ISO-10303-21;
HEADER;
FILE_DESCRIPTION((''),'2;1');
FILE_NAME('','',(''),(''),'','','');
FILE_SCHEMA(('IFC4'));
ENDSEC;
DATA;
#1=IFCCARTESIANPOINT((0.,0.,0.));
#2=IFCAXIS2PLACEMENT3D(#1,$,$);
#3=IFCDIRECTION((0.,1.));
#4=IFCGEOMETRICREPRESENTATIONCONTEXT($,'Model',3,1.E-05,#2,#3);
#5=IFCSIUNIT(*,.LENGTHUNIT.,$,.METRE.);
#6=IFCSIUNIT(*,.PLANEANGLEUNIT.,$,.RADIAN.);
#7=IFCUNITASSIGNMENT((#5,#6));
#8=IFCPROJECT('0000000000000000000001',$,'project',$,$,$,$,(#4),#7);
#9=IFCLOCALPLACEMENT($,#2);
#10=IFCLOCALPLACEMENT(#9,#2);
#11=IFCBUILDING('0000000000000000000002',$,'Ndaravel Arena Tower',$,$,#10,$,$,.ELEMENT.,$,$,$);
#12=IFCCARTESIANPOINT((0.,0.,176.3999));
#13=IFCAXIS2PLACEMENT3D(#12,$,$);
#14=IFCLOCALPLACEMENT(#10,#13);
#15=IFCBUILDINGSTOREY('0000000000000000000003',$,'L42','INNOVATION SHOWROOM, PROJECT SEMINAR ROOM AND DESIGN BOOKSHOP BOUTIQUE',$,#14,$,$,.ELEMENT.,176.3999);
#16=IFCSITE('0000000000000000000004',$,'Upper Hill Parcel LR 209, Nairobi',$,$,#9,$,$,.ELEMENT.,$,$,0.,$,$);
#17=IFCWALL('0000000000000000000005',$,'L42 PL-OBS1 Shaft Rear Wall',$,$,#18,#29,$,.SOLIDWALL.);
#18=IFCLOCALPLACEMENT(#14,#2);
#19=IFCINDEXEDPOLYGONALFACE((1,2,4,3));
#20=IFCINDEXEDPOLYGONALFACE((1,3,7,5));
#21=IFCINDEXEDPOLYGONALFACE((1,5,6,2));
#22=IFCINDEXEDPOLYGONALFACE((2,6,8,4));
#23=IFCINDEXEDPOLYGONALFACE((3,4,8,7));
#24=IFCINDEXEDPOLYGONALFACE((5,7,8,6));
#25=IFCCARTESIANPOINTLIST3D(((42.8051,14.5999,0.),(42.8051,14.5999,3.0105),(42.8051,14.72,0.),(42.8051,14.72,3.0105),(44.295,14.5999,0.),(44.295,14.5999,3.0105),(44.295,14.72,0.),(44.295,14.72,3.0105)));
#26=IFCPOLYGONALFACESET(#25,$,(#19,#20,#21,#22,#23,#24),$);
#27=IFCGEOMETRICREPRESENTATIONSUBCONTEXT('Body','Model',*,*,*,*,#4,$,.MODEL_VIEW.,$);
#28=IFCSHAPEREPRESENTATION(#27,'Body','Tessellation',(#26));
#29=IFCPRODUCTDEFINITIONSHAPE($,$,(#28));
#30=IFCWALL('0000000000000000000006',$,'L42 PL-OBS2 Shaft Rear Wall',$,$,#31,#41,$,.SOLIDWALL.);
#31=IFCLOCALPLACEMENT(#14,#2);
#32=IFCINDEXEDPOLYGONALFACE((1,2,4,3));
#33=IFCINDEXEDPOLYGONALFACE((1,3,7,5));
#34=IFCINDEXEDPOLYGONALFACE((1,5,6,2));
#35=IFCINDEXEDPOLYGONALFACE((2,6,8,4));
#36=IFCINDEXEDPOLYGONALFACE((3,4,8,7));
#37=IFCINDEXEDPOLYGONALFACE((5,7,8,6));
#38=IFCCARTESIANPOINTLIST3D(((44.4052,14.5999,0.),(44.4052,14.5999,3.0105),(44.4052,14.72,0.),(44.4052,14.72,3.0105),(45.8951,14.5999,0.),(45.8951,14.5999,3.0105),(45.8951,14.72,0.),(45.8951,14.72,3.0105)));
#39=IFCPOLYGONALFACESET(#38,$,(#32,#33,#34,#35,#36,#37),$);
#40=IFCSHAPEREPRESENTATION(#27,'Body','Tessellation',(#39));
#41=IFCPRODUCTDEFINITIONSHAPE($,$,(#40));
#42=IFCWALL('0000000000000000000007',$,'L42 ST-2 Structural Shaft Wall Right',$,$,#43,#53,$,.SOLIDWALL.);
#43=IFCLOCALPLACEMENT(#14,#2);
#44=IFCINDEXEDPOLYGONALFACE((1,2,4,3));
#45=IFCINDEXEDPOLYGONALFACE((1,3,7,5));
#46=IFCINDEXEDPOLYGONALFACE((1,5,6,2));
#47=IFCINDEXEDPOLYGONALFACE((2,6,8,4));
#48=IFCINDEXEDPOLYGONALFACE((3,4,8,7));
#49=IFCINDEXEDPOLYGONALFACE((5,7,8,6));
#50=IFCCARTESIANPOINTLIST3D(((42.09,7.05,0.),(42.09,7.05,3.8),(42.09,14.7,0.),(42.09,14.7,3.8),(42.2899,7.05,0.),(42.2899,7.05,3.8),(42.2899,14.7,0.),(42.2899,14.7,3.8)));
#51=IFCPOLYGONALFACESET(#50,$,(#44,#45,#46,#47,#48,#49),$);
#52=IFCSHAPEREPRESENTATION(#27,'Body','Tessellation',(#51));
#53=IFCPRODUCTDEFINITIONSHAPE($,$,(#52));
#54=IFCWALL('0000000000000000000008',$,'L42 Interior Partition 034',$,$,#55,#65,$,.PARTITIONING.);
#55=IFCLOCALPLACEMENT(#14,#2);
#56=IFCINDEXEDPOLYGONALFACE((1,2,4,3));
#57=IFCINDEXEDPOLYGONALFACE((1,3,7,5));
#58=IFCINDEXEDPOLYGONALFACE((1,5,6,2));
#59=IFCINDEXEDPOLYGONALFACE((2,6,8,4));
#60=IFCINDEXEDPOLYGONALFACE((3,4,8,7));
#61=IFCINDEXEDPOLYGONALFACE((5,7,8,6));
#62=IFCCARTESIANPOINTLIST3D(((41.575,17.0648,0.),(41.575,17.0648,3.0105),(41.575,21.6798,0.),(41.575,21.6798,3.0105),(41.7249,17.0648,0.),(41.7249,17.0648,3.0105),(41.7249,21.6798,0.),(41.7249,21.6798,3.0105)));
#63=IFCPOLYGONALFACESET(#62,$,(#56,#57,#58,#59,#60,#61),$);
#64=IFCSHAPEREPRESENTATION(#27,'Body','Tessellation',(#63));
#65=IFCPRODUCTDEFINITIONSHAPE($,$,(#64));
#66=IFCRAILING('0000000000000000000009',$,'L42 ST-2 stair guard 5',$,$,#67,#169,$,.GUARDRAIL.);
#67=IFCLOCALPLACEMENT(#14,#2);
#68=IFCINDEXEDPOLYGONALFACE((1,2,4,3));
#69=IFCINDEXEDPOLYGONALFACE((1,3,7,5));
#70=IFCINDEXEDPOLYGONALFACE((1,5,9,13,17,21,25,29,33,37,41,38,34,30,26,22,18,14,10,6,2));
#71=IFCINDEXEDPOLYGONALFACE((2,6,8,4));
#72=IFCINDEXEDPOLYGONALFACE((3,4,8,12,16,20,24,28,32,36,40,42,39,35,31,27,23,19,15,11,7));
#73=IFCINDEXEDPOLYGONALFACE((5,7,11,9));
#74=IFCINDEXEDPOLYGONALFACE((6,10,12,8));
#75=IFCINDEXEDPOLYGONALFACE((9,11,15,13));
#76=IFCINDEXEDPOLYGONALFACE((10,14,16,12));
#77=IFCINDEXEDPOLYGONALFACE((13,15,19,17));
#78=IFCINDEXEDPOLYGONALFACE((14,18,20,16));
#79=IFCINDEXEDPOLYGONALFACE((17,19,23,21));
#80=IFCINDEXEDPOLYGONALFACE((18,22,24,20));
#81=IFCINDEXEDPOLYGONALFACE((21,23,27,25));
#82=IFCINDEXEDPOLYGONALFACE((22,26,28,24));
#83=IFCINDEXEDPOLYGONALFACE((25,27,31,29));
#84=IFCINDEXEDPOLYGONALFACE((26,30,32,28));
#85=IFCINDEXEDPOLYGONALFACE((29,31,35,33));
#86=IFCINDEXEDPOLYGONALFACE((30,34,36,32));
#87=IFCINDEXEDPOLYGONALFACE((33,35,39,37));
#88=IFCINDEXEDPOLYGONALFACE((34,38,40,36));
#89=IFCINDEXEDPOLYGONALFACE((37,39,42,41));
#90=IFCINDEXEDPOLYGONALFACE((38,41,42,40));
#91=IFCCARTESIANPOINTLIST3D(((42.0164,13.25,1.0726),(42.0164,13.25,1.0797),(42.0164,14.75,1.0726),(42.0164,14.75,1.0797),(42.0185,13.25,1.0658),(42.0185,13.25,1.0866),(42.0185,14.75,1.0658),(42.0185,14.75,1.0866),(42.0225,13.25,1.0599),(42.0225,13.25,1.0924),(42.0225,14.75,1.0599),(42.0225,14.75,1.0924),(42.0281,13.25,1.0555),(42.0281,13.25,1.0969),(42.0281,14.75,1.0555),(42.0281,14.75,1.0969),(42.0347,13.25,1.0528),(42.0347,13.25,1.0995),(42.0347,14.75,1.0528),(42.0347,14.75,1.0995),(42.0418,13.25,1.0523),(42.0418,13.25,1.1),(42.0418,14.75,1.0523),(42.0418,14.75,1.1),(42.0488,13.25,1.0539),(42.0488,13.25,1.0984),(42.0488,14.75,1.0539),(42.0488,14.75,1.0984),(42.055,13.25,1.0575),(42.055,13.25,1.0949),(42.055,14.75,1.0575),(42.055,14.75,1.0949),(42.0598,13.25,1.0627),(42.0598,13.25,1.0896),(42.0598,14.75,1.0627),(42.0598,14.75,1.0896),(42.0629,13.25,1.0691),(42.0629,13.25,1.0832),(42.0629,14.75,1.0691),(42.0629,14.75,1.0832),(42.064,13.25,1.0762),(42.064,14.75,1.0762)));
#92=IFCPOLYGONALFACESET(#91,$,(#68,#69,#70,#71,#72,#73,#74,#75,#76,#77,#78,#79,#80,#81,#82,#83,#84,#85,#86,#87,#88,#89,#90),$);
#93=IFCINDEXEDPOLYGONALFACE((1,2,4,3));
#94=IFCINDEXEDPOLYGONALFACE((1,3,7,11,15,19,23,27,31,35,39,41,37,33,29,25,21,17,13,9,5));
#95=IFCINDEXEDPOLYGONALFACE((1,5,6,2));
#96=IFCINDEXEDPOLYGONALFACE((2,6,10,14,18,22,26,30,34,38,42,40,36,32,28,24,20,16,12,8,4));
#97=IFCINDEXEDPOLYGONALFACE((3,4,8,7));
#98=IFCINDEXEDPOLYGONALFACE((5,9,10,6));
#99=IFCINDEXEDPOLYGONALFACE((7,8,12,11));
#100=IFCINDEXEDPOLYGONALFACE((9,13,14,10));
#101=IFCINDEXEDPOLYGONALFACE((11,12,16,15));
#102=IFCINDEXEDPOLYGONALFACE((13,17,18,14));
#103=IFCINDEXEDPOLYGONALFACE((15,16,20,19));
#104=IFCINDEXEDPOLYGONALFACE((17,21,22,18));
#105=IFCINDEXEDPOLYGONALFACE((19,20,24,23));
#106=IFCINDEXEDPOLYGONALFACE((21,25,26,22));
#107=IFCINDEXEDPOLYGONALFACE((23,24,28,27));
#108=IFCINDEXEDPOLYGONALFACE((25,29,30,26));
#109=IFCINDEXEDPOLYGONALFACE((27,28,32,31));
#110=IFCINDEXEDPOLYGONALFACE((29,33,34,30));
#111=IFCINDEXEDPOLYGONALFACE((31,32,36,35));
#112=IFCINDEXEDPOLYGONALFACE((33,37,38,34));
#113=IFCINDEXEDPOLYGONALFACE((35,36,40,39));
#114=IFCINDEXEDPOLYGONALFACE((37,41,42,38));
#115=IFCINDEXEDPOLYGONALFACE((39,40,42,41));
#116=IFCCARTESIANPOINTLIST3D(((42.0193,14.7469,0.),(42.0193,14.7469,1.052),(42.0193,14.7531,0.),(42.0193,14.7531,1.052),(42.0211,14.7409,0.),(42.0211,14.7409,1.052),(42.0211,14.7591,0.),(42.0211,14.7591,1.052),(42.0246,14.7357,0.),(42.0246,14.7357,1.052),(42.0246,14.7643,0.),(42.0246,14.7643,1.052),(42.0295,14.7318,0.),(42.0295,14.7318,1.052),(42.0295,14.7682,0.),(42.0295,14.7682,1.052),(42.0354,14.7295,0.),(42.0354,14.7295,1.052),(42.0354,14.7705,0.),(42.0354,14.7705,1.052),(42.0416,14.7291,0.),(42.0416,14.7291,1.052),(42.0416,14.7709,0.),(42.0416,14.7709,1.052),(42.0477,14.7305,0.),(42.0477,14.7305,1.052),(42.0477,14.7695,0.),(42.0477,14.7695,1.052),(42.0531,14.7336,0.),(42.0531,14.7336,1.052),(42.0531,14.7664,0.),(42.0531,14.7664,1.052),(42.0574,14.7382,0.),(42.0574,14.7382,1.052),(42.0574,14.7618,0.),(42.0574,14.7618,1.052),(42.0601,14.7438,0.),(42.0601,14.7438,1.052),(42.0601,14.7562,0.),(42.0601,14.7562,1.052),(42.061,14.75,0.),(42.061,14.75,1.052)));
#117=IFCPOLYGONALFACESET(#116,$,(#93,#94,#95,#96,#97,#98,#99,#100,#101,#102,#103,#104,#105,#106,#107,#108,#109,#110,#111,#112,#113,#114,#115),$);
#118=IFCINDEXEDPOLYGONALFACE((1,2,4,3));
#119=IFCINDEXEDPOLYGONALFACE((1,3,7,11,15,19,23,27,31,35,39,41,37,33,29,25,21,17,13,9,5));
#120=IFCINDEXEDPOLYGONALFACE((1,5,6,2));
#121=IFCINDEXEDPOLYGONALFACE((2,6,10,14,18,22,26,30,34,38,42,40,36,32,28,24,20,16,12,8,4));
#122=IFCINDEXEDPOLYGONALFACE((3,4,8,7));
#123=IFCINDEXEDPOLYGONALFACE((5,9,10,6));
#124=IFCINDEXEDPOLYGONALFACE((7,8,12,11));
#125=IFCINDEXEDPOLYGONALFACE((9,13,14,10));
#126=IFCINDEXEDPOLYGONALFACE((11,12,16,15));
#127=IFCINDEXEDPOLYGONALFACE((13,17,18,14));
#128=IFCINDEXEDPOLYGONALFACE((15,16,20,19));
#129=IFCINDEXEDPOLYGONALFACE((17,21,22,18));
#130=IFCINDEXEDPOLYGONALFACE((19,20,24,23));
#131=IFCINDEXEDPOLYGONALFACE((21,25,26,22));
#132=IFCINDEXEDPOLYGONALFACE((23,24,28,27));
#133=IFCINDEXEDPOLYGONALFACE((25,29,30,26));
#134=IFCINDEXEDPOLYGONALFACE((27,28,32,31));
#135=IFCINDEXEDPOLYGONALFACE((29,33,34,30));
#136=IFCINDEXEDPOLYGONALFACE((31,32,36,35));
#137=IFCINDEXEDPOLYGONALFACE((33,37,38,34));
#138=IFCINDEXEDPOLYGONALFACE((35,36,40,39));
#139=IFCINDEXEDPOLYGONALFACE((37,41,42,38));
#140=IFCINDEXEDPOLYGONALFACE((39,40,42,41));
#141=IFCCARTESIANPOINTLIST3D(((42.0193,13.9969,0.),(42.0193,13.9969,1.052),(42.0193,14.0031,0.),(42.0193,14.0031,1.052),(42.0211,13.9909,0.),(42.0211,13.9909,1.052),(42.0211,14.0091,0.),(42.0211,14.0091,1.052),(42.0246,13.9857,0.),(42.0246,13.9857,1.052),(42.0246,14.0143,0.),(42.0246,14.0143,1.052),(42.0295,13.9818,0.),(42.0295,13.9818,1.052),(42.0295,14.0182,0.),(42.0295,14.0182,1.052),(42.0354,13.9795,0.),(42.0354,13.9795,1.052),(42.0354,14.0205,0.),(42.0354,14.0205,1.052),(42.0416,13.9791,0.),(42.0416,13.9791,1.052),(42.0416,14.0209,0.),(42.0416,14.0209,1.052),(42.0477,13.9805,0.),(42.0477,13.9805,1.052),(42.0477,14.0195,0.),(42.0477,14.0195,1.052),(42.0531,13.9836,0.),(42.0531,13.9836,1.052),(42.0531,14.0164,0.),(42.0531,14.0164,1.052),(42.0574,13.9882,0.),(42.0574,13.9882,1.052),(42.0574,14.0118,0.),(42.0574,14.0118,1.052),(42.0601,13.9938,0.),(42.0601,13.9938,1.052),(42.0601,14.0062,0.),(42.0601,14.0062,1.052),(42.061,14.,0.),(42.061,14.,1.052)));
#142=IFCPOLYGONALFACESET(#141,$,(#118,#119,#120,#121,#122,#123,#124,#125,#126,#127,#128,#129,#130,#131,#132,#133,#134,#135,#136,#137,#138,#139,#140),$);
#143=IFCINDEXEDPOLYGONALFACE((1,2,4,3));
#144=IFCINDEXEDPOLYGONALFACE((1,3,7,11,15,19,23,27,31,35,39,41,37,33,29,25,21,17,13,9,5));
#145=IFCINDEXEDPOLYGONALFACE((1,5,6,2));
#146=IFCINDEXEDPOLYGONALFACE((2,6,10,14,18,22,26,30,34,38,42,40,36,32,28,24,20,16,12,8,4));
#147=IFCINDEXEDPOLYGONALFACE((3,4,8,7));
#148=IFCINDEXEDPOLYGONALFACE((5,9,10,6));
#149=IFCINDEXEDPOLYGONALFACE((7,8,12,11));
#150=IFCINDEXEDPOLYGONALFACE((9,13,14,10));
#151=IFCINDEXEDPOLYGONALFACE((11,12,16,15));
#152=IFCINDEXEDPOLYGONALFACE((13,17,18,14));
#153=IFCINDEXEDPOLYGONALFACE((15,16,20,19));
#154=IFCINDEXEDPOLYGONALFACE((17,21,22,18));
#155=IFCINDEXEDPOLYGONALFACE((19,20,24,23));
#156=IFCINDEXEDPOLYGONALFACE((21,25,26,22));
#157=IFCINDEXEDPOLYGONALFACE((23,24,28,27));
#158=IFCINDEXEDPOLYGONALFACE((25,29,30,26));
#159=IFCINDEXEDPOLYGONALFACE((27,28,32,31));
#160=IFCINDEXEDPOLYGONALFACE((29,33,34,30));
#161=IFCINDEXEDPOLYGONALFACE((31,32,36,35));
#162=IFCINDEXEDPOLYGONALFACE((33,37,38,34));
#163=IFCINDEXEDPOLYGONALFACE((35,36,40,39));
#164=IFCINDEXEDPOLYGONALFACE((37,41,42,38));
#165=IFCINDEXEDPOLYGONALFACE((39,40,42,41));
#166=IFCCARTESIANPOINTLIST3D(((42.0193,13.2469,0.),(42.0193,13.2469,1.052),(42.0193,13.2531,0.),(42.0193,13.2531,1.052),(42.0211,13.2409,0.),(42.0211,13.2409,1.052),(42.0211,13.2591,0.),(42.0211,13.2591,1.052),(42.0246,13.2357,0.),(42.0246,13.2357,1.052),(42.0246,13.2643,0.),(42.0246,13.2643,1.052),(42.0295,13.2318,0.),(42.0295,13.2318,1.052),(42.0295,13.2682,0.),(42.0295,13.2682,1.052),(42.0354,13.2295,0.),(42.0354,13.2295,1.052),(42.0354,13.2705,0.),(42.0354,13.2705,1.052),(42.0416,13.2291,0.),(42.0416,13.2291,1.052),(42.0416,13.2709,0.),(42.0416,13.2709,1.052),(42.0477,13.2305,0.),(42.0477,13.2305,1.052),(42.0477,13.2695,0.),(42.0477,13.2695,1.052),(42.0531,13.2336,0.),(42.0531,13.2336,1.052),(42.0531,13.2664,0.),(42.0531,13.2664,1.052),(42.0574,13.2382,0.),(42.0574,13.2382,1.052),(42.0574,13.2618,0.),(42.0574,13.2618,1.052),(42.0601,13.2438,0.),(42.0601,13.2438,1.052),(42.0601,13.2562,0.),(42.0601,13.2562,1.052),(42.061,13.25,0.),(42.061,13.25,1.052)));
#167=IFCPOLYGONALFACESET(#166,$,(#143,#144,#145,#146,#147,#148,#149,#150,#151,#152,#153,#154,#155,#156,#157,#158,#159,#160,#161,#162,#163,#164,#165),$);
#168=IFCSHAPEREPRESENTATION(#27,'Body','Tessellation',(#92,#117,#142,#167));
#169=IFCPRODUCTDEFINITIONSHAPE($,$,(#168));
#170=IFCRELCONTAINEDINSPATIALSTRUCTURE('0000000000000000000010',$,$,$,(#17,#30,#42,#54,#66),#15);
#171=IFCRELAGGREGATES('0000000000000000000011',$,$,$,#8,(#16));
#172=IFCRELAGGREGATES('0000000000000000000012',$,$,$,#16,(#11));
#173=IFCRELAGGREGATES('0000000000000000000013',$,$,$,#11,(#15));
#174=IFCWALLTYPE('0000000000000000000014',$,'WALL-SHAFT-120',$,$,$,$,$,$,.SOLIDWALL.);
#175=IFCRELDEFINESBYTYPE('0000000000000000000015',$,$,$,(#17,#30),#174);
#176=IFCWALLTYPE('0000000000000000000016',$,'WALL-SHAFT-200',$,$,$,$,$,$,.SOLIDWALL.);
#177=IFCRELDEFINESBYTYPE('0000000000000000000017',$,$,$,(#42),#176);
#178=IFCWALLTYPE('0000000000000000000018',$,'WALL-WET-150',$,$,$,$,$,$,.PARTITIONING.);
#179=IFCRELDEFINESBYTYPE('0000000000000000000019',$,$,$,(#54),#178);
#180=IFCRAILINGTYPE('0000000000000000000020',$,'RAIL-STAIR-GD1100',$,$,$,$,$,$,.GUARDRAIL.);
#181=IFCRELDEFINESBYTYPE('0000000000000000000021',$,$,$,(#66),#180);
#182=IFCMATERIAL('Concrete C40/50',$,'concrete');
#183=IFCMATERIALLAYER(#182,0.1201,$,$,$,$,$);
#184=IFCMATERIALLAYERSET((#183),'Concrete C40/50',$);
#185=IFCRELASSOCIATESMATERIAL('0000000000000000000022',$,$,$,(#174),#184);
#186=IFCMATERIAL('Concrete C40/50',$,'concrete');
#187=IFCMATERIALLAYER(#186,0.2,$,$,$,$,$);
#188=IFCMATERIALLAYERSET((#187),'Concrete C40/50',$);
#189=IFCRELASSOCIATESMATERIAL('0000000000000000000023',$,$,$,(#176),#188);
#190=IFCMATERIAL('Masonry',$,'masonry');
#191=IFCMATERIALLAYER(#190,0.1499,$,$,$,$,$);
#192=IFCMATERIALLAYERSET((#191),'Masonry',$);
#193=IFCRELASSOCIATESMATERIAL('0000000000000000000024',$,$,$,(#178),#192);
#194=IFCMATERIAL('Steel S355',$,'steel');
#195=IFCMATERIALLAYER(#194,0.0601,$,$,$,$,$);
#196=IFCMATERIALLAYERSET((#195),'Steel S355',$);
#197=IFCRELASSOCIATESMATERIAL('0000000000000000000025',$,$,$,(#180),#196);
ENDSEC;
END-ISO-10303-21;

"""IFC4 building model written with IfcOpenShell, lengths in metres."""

from ifc_helpers import new_model, si_unit, direction, frame, frame_2d, origin, origin_2d, place, context, subcontext, project, spatial, rectangle, circle, extrude, material, layer, layer_set, type_object, element, save


model = new_model("IFC4")

# Units and contexts
model_context = context("Model", 3, precision=1e-05, world=origin(), true_north=direction((0.0, 1.0)))
body_context = subcontext(model_context, "Body", "Model", "MODEL_VIEW")
ifc_project = project(units=[si_unit("LENGTHUNIT", "METRE"), si_unit("PLANEANGLEUNIT", "RADIAN")], contexts=[model_context])

# Site, building, storey
site_placement = place(None, origin())
site = spatial("IfcSite", under=ifc_project, at=site_placement, Name="Upper Hill Parcel LR 209, Nairobi", CompositionType="ELEMENT", RefElevation=0.0)
building_placement = place(site_placement, origin())
building = spatial("IfcBuilding", under=site, at=building_placement, Name="Ndaravel Arena Tower", CompositionType="ELEMENT")
storey_placement = place(building_placement, frame((0.0, 0.0, 176.3999)))
storey = spatial("IfcBuildingStorey", under=building, at=storey_placement, Name="L42", Description="INNOVATION SHOWROOM, PROJECT SEMINAR ROOM AND DESIGN BOOKSHOP BOUTIQUE", CompositionType="ELEMENT", Elevation=176.3999)

# Walls
ifc_material_1 = material(Name="Concrete C40/50", Category="concrete")
ifc_layer_1 = layer(ifc_material_1, 0.1201)
ifc_layer_set_1 = layer_set([ifc_layer_1], Name="Concrete C40/50")
wall_type_1 = type_object("IfcWallType", Name="WALL-SHAFT-120", PredefinedType="SOLIDWALL", material=ifc_layer_set_1)
for number, where, z_axis, x_axis, name in (
    (1, (42.8049, 14.6599, 0.0), (0.0, 0.0, 1.0), (1.0, 0.0, 0.0), "L42 PL-OBS1 Shaft Rear Wall"),
    (2, (44.405, 14.6599, 0.0), (0.0, 0.0, 1.0), (1.0, 0.0, 0.0), "L42 PL-OBS2 Shaft Rear Wall"),
):
    element("IfcWall", number, at=place(storey_placement, frame(where, z_axis=z_axis, x_axis=x_axis)), inside=storey, type_object=wall_type_1, Name=name, PredefinedType="SOLIDWALL", context=body_context, shape_type="SweptSolid", body=[
        extrude(rectangle(XDim=1.49, YDim=0.1201, at=frame_2d((0.7451, 0.0))), origin(), (0.0, 0.0, 1.0), 3.0105),
    ])
ifc_material_2 = material(Name="Concrete C40/50", Category="concrete")
ifc_layer_2 = layer(ifc_material_2, 0.2)
ifc_layer_set_2 = layer_set([ifc_layer_2], Name="Concrete C40/50")
wall_type_2 = type_object("IfcWallType", Name="WALL-SHAFT-200", PredefinedType="SOLIDWALL", material=ifc_layer_set_2)
wall_1_placement = place(storey_placement, frame((42.1899, 14.7, 0.0), z_axis=(0.0, 0.0, 1.0), x_axis=(0.0, -1.0, 0.0)))
element("IfcWall", 3, at=wall_1_placement, inside=storey, type_object=wall_type_2, Name="L42 ST-2 Structural Shaft Wall Right", PredefinedType="SOLIDWALL", context=body_context, shape_type="SweptSolid", body=[
    extrude(rectangle(XDim=7.6499, YDim=0.2, at=frame_2d((3.825, 0.0))), origin(), (0.0, 0.0, 1.0), 3.8),
])
ifc_material_3 = material(Name="Masonry", Category="masonry")
ifc_layer_3 = layer(ifc_material_3, 0.1499)
ifc_layer_set_3 = layer_set([ifc_layer_3], Name="Masonry")
wall_type_3 = type_object("IfcWallType", Name="WALL-WET-150", PredefinedType="PARTITIONING", material=ifc_layer_set_3)
wall_2_placement = place(storey_placement, frame((41.6499, 21.6799, 0.0), z_axis=(0.0, 0.0, 1.0), x_axis=(0.0, -1.0, 0.0)))
element("IfcWall", 4, at=wall_2_placement, inside=storey, type_object=wall_type_3, Name="L42 Interior Partition 034", PredefinedType="PARTITIONING", context=body_context, shape_type="SweptSolid", body=[
    extrude(rectangle(XDim=4.615, YDim=0.1499, at=frame_2d((2.3076, 0.0))), origin(), (0.0, 0.0, 1.0), 3.0105),
])

# Railing
ifc_material_4 = material(Name="Steel S355", Category="steel")
ifc_layer_4 = layer(ifc_material_4, 0.0601)
ifc_layer_set_4 = layer_set([ifc_layer_4], Name="Steel S355")
railing_type = type_object("IfcRailingType", Name="RAIL-STAIR-GD1100", PredefinedType="GUARDRAIL", material=ifc_layer_set_4)
railing_1_placement = place(storey_placement, frame((42.04, 14.75, 0.0)))
element("IfcRailing", 5, at=railing_1_placement, inside=storey, type_object=railing_type, Name="L42 ST-2 stair guard 5", PredefinedType="GUARDRAIL", context=body_context, shape_type="SweptSolid", body=[
    extrude(circle(Radius=0.0239, at=origin_2d()), frame((0.0, 0.0, 1.0762), z_axis=(0.0, -1.0, 0.0), x_axis=(1.0, 0.0, 0.0)), (0.0, 0.0, 1.0), 1.5),
    extrude(circle(Radius=0.021, at=origin_2d()), origin(), (0.0, 0.0, 1.0), 1.052),
    extrude(circle(Radius=0.021, at=origin_2d()), frame((0.0, -0.75, 0.0)), (0.0, 0.0, 1.0), 1.052),
    extrude(circle(Radius=0.021, at=origin_2d()), frame((0.0, -1.5, 0.0)), (0.0, 0.0, 1.0), 1.052),
])

save(model, "model.ifc")
